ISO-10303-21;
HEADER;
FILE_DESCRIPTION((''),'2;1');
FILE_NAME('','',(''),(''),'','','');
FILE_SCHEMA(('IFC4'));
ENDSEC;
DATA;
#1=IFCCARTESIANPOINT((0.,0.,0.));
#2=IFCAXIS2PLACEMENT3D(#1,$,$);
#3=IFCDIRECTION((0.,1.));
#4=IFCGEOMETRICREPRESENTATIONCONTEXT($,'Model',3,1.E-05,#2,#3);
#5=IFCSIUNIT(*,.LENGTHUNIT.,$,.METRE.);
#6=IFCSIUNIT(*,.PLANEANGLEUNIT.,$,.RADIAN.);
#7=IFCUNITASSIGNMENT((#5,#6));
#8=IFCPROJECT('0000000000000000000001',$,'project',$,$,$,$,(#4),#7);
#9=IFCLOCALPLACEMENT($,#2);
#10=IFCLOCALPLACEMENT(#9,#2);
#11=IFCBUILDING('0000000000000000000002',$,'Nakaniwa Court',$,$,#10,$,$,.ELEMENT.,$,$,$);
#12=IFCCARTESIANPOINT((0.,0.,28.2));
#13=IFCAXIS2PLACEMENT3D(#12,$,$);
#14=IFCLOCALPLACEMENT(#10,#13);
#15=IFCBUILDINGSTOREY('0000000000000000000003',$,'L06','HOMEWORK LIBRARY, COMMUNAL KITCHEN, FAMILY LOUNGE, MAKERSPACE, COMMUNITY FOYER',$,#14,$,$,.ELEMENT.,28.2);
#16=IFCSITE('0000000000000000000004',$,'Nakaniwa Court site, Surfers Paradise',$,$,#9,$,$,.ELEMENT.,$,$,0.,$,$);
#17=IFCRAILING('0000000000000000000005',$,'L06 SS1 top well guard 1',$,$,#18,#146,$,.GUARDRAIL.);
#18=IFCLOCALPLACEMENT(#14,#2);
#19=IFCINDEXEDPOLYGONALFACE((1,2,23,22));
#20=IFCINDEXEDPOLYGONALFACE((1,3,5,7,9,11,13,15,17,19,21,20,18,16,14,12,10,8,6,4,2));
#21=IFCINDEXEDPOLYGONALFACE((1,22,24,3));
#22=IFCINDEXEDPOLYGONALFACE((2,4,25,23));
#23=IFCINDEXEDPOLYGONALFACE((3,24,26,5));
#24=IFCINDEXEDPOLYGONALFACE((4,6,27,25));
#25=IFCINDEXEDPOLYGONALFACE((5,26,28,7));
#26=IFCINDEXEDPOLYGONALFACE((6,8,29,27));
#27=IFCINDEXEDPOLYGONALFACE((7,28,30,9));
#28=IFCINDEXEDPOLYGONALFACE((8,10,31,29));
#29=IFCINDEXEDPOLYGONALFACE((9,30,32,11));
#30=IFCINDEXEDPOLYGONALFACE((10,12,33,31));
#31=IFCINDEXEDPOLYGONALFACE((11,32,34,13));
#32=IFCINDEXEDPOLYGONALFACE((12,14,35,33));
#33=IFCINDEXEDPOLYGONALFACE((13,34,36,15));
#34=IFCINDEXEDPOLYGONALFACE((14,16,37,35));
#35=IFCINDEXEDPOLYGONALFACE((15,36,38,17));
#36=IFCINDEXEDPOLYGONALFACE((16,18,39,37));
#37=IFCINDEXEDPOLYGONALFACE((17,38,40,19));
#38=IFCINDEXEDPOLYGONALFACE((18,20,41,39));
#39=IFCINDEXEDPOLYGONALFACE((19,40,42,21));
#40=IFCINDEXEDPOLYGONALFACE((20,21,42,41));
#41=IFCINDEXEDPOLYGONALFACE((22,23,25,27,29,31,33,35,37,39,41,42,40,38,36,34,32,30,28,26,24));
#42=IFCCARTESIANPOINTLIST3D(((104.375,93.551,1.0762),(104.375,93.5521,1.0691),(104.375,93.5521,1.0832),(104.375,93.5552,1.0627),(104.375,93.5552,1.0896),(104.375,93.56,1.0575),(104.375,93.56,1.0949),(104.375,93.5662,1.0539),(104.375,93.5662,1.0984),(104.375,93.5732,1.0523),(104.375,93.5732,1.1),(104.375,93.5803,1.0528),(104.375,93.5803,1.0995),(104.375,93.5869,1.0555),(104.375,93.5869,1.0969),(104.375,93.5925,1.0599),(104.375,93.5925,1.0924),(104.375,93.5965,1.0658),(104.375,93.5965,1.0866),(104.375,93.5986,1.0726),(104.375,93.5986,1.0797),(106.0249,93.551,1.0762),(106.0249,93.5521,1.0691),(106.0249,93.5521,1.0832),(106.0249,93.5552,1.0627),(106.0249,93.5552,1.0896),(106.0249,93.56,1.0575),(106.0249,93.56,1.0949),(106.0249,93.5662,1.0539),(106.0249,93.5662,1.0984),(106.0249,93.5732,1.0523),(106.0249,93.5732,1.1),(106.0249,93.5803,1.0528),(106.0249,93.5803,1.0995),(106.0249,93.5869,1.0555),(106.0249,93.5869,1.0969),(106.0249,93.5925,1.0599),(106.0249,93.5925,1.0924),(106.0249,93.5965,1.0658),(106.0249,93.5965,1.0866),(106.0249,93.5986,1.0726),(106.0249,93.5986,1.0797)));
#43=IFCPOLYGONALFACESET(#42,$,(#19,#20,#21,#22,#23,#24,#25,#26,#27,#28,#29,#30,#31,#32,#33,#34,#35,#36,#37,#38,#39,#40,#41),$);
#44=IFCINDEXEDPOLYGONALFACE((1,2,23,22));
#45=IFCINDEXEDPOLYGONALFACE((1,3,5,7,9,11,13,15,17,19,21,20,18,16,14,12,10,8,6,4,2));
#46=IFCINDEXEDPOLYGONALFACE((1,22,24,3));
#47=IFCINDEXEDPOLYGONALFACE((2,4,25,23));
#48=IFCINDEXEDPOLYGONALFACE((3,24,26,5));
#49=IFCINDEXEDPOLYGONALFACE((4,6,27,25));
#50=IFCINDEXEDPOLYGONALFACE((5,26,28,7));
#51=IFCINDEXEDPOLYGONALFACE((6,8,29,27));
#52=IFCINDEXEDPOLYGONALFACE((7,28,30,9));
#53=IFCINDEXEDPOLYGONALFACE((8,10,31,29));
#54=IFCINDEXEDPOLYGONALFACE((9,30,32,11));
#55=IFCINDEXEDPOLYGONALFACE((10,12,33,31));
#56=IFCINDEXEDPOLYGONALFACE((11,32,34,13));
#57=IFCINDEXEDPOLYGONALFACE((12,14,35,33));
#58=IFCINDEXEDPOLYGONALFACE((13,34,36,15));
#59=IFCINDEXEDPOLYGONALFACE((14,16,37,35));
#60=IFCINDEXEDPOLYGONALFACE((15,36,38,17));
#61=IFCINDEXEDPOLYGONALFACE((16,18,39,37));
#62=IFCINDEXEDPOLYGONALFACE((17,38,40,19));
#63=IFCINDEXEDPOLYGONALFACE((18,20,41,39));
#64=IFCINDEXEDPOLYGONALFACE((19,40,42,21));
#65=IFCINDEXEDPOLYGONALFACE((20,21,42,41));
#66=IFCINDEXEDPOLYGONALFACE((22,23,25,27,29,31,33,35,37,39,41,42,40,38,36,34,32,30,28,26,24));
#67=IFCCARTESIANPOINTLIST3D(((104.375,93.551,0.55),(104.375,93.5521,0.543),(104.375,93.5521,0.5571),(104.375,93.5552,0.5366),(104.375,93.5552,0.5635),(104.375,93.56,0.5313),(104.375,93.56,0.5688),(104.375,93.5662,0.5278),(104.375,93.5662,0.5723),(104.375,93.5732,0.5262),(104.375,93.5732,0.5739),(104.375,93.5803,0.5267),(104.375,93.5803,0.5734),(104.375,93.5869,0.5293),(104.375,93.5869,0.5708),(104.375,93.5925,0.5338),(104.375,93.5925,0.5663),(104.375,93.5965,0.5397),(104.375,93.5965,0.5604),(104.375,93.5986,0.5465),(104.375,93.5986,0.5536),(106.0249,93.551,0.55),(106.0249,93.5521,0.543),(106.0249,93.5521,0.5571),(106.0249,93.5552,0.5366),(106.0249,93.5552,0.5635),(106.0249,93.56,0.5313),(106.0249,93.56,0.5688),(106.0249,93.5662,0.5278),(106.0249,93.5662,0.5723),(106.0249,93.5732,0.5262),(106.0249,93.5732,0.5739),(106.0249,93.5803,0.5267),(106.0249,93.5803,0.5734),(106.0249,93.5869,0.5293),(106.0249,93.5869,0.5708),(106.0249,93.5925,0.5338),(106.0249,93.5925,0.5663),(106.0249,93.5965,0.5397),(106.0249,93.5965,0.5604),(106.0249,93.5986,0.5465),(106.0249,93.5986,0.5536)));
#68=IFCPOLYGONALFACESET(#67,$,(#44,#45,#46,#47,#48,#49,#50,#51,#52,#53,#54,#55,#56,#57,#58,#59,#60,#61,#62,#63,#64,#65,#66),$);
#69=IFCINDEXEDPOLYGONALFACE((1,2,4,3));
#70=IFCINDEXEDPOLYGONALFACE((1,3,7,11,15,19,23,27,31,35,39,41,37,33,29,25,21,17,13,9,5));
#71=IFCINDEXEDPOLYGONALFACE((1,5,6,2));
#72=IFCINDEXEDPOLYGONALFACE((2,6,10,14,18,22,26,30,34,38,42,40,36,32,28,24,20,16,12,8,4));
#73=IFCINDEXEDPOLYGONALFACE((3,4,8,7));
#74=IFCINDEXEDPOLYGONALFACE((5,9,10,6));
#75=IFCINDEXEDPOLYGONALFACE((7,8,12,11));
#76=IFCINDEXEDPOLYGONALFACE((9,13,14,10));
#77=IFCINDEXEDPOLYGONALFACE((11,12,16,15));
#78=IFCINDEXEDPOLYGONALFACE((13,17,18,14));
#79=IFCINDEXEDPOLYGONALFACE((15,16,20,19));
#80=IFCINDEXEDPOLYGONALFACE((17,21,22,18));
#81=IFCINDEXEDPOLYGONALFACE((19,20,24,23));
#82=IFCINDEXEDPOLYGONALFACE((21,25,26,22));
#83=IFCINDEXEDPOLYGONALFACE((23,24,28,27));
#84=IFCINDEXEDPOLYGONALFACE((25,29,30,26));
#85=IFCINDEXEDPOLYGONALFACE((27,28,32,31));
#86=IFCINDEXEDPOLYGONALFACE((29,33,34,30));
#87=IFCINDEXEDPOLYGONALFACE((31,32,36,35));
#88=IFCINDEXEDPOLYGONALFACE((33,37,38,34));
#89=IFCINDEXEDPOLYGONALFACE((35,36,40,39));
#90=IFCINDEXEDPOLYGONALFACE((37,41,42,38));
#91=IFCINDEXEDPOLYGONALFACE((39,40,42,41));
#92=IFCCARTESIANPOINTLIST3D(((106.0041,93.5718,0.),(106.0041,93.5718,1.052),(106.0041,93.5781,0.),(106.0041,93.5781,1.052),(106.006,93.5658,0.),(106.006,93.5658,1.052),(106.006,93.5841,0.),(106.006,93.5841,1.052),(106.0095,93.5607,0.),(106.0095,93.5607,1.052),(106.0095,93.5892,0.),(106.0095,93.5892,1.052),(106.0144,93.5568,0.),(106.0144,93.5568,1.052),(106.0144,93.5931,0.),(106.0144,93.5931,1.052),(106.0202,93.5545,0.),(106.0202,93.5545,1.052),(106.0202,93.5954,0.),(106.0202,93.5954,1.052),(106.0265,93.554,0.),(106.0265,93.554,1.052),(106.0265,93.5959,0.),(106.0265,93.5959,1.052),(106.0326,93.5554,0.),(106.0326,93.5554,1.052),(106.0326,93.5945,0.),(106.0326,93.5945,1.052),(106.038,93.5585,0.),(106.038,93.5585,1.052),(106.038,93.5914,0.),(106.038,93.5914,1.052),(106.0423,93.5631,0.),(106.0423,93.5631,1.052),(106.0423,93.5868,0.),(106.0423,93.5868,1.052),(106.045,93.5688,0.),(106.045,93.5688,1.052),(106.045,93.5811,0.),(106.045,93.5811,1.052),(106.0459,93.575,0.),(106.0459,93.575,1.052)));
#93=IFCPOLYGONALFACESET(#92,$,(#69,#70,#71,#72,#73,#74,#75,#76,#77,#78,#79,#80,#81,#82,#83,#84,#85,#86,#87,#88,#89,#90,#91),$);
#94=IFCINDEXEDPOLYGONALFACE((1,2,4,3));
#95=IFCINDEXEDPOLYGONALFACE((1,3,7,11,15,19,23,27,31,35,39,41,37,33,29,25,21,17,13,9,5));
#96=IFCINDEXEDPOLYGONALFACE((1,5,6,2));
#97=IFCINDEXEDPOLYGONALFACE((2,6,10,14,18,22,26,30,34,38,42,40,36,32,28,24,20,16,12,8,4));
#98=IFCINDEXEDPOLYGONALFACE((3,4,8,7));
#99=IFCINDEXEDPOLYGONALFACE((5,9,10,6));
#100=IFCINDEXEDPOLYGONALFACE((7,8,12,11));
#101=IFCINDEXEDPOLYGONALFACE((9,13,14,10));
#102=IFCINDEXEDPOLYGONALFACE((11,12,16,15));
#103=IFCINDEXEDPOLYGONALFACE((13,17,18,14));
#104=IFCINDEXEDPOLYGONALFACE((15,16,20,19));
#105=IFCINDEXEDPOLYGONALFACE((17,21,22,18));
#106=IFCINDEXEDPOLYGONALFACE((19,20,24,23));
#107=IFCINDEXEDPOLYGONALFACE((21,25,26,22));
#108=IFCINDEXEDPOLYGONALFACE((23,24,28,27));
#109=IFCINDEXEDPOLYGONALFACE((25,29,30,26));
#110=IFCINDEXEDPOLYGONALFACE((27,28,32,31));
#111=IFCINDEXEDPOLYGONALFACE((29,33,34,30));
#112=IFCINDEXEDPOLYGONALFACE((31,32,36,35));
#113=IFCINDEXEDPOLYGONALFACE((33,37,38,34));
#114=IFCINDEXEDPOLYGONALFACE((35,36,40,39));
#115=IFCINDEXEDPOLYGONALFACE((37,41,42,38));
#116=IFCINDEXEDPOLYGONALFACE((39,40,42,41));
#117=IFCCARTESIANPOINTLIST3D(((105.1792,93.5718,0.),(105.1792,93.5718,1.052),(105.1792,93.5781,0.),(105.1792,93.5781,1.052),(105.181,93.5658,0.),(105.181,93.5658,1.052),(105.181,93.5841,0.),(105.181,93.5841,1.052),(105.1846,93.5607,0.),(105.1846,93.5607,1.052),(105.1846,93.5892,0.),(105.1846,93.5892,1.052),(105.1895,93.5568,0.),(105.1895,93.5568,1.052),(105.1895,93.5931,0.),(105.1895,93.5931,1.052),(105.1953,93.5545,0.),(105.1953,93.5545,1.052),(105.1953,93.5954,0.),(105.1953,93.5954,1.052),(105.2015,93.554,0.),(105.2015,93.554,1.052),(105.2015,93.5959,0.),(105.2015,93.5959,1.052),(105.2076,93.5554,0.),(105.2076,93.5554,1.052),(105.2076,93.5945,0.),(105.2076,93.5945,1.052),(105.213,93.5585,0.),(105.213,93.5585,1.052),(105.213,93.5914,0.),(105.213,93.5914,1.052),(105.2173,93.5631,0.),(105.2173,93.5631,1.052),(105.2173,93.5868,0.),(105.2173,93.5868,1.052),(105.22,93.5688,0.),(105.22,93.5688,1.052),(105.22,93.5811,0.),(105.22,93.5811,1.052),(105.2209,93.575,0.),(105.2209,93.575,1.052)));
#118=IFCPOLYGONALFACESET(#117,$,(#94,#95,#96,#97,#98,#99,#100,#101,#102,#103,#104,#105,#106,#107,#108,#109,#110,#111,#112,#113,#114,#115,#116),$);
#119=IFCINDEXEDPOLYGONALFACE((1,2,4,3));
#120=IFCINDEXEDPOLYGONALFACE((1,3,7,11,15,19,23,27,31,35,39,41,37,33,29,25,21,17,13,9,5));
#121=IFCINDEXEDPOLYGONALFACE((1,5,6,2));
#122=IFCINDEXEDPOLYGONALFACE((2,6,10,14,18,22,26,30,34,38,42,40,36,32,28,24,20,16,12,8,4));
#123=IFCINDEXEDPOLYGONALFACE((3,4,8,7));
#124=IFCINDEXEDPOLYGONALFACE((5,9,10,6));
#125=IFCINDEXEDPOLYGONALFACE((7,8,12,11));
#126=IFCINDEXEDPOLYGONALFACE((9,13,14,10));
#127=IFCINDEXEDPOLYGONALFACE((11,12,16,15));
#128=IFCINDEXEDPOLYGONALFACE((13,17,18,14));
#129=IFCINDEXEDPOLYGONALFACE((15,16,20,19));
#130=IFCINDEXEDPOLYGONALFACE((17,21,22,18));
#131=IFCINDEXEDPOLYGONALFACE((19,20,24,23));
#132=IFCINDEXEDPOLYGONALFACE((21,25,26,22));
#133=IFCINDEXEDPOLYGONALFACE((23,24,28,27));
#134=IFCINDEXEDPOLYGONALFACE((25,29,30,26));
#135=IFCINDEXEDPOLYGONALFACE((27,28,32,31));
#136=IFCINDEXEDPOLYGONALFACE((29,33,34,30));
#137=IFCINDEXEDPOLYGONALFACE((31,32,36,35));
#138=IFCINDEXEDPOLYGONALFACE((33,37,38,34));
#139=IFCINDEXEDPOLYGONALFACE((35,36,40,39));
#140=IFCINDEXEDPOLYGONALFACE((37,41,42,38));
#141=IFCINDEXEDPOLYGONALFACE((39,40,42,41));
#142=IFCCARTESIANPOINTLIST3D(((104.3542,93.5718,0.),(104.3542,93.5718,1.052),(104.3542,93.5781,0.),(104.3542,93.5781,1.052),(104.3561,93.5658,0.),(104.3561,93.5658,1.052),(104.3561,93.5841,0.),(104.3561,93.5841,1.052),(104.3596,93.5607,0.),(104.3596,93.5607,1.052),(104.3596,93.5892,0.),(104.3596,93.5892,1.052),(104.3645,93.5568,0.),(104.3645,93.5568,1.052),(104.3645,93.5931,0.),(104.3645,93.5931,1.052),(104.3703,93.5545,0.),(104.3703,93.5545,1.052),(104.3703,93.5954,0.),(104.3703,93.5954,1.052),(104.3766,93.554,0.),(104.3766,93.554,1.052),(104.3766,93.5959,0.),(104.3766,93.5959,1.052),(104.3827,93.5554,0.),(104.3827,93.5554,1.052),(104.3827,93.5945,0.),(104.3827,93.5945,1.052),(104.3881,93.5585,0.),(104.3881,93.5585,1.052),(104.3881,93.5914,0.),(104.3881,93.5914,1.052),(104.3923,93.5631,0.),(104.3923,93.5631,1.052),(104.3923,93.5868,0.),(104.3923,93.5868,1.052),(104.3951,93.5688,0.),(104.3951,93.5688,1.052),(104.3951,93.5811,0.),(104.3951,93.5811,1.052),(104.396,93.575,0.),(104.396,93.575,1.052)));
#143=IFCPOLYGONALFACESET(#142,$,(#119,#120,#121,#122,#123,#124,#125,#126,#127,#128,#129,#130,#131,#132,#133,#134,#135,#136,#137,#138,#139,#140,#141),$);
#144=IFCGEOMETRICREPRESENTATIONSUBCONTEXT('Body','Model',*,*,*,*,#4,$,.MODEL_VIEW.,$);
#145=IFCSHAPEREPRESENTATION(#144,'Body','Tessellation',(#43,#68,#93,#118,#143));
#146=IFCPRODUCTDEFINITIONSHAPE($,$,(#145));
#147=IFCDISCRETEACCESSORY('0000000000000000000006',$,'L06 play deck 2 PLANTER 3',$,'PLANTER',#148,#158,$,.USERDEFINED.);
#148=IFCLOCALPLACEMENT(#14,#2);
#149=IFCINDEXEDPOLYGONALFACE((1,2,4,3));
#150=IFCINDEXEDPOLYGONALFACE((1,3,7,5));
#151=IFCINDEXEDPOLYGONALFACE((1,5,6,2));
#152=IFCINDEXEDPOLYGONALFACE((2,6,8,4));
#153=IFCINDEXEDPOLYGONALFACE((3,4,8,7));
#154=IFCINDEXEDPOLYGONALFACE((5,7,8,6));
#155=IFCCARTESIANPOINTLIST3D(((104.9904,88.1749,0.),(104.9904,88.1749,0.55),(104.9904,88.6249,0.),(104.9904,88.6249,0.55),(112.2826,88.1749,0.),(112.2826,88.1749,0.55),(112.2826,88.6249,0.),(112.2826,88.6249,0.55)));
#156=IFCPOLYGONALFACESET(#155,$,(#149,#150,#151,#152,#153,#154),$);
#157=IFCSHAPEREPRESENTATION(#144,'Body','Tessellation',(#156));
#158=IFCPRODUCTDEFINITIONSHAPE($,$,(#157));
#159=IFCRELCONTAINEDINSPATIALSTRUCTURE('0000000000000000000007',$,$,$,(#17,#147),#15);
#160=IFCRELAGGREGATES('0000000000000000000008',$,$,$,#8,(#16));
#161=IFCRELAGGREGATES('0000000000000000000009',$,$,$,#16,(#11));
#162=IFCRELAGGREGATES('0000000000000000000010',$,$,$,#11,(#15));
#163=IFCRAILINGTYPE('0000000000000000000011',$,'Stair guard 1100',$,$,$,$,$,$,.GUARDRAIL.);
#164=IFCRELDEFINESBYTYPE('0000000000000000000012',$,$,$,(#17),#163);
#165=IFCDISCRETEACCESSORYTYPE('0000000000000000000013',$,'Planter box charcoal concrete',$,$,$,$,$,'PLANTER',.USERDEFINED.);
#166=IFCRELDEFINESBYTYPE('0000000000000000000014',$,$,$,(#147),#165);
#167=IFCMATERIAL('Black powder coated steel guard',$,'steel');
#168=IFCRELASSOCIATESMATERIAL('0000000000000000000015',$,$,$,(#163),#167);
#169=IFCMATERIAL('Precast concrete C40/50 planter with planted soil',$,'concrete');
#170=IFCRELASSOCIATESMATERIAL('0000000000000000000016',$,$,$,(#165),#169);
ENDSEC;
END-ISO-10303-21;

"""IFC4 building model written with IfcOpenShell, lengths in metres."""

from ifc_helpers import new_model, si_unit, direction, frame, origin, origin_2d, place, context, subcontext, project, spatial, rectangle, circle, extrude, material, type_object, element, save


model = new_model("IFC4")

# Units and contexts
model_context = context("Model", 3, precision=1e-05, world=origin(), true_north=direction((0.0, 1.0)))
body_context = subcontext(model_context, "Body", "Model", "MODEL_VIEW")
ifc_project = project(units=[si_unit("LENGTHUNIT", "METRE"), si_unit("PLANEANGLEUNIT", "RADIAN")], contexts=[model_context])

# Site, building, storey
site_placement = place(None, origin())
site = spatial("IfcSite", under=ifc_project, at=site_placement, Name="Nakaniwa Court site, Surfers Paradise", CompositionType="ELEMENT", RefElevation=0.0)
building_placement = place(site_placement, origin())
building = spatial("IfcBuilding", under=site, at=building_placement, Name="Nakaniwa Court", CompositionType="ELEMENT")
storey_placement = place(building_placement, frame((0.0, 0.0, 28.2)))
storey = spatial("IfcBuildingStorey", under=building, at=storey_placement, Name="L06", Description="HOMEWORK LIBRARY, COMMUNAL KITCHEN, FAMILY LOUNGE, MAKERSPACE, COMMUNITY FOYER", CompositionType="ELEMENT", Elevation=28.2)

# Railing
ifc_material_1 = material(Name="Black powder coated steel guard", Category="steel")
railing_type = type_object("IfcRailingType", Name="Stair guard 1100", PredefinedType="GUARDRAIL", material=ifc_material_1)
railing_placement = place(storey_placement, frame((106.0249, 93.575, 0.0)))
element("IfcRailing", 1, at=railing_placement, inside=storey, type_object=railing_type, Name="L06 SS1 top well guard 1", PredefinedType="GUARDRAIL", context=body_context, shape_type="SweptSolid", body=[
    extrude(circle(Radius=0.0239, at=origin_2d()), frame((0.0, 0.0, 1.0762), z_axis=(-1.0, 0.0, 0.0), x_axis=(0.0, -1.0, 0.0)), (0.0, 0.0, 1.0), 1.6499),
    extrude(circle(Radius=0.0239, at=origin_2d()), frame((0.0, 0.0, 0.55), z_axis=(-1.0, 0.0, 0.0), x_axis=(0.0, -1.0, 0.0)), (0.0, 0.0, 1.0), 1.6499),
    extrude(circle(Radius=0.021, at=origin_2d()), origin(), (0.0, 0.0, 1.0), 1.052),
    extrude(circle(Radius=0.021, at=origin_2d()), frame((-0.825, 0.0, 0.0)), (0.0, 0.0, 1.0), 1.052),
    extrude(circle(Radius=0.021, at=origin_2d()), frame((-1.6499, 0.0, 0.0)), (0.0, 0.0, 1.0), 1.052),
])

# Discrete accessory
ifc_material_2 = material(Name="Precast concrete C40/50 planter with planted soil", Category="concrete")
discrete_accessory_type = type_object("IfcDiscreteAccessoryType", Name="Planter box charcoal concrete", ElementType="PLANTER", PredefinedType="USERDEFINED", material=ifc_material_2)
discrete_accessory_placement = place(storey_placement, frame((108.6365, 88.3999, 0.0), z_axis=(0.0, 0.0, 1.0), x_axis=(1.0, 0.0, 0.0)))
element("IfcDiscreteAccessory", 2, at=discrete_accessory_placement, inside=storey, type_object=discrete_accessory_type, Name="L06 play deck 2 PLANTER 3", ObjectType="PLANTER", PredefinedType="USERDEFINED", context=body_context, shape_type="SweptSolid", body=[
    extrude(rectangle(XDim=7.2922, YDim=0.45, at=origin_2d()), origin(), (0.0, 0.0, 1.0), 0.55),
])

save(model, "model.ifc")
